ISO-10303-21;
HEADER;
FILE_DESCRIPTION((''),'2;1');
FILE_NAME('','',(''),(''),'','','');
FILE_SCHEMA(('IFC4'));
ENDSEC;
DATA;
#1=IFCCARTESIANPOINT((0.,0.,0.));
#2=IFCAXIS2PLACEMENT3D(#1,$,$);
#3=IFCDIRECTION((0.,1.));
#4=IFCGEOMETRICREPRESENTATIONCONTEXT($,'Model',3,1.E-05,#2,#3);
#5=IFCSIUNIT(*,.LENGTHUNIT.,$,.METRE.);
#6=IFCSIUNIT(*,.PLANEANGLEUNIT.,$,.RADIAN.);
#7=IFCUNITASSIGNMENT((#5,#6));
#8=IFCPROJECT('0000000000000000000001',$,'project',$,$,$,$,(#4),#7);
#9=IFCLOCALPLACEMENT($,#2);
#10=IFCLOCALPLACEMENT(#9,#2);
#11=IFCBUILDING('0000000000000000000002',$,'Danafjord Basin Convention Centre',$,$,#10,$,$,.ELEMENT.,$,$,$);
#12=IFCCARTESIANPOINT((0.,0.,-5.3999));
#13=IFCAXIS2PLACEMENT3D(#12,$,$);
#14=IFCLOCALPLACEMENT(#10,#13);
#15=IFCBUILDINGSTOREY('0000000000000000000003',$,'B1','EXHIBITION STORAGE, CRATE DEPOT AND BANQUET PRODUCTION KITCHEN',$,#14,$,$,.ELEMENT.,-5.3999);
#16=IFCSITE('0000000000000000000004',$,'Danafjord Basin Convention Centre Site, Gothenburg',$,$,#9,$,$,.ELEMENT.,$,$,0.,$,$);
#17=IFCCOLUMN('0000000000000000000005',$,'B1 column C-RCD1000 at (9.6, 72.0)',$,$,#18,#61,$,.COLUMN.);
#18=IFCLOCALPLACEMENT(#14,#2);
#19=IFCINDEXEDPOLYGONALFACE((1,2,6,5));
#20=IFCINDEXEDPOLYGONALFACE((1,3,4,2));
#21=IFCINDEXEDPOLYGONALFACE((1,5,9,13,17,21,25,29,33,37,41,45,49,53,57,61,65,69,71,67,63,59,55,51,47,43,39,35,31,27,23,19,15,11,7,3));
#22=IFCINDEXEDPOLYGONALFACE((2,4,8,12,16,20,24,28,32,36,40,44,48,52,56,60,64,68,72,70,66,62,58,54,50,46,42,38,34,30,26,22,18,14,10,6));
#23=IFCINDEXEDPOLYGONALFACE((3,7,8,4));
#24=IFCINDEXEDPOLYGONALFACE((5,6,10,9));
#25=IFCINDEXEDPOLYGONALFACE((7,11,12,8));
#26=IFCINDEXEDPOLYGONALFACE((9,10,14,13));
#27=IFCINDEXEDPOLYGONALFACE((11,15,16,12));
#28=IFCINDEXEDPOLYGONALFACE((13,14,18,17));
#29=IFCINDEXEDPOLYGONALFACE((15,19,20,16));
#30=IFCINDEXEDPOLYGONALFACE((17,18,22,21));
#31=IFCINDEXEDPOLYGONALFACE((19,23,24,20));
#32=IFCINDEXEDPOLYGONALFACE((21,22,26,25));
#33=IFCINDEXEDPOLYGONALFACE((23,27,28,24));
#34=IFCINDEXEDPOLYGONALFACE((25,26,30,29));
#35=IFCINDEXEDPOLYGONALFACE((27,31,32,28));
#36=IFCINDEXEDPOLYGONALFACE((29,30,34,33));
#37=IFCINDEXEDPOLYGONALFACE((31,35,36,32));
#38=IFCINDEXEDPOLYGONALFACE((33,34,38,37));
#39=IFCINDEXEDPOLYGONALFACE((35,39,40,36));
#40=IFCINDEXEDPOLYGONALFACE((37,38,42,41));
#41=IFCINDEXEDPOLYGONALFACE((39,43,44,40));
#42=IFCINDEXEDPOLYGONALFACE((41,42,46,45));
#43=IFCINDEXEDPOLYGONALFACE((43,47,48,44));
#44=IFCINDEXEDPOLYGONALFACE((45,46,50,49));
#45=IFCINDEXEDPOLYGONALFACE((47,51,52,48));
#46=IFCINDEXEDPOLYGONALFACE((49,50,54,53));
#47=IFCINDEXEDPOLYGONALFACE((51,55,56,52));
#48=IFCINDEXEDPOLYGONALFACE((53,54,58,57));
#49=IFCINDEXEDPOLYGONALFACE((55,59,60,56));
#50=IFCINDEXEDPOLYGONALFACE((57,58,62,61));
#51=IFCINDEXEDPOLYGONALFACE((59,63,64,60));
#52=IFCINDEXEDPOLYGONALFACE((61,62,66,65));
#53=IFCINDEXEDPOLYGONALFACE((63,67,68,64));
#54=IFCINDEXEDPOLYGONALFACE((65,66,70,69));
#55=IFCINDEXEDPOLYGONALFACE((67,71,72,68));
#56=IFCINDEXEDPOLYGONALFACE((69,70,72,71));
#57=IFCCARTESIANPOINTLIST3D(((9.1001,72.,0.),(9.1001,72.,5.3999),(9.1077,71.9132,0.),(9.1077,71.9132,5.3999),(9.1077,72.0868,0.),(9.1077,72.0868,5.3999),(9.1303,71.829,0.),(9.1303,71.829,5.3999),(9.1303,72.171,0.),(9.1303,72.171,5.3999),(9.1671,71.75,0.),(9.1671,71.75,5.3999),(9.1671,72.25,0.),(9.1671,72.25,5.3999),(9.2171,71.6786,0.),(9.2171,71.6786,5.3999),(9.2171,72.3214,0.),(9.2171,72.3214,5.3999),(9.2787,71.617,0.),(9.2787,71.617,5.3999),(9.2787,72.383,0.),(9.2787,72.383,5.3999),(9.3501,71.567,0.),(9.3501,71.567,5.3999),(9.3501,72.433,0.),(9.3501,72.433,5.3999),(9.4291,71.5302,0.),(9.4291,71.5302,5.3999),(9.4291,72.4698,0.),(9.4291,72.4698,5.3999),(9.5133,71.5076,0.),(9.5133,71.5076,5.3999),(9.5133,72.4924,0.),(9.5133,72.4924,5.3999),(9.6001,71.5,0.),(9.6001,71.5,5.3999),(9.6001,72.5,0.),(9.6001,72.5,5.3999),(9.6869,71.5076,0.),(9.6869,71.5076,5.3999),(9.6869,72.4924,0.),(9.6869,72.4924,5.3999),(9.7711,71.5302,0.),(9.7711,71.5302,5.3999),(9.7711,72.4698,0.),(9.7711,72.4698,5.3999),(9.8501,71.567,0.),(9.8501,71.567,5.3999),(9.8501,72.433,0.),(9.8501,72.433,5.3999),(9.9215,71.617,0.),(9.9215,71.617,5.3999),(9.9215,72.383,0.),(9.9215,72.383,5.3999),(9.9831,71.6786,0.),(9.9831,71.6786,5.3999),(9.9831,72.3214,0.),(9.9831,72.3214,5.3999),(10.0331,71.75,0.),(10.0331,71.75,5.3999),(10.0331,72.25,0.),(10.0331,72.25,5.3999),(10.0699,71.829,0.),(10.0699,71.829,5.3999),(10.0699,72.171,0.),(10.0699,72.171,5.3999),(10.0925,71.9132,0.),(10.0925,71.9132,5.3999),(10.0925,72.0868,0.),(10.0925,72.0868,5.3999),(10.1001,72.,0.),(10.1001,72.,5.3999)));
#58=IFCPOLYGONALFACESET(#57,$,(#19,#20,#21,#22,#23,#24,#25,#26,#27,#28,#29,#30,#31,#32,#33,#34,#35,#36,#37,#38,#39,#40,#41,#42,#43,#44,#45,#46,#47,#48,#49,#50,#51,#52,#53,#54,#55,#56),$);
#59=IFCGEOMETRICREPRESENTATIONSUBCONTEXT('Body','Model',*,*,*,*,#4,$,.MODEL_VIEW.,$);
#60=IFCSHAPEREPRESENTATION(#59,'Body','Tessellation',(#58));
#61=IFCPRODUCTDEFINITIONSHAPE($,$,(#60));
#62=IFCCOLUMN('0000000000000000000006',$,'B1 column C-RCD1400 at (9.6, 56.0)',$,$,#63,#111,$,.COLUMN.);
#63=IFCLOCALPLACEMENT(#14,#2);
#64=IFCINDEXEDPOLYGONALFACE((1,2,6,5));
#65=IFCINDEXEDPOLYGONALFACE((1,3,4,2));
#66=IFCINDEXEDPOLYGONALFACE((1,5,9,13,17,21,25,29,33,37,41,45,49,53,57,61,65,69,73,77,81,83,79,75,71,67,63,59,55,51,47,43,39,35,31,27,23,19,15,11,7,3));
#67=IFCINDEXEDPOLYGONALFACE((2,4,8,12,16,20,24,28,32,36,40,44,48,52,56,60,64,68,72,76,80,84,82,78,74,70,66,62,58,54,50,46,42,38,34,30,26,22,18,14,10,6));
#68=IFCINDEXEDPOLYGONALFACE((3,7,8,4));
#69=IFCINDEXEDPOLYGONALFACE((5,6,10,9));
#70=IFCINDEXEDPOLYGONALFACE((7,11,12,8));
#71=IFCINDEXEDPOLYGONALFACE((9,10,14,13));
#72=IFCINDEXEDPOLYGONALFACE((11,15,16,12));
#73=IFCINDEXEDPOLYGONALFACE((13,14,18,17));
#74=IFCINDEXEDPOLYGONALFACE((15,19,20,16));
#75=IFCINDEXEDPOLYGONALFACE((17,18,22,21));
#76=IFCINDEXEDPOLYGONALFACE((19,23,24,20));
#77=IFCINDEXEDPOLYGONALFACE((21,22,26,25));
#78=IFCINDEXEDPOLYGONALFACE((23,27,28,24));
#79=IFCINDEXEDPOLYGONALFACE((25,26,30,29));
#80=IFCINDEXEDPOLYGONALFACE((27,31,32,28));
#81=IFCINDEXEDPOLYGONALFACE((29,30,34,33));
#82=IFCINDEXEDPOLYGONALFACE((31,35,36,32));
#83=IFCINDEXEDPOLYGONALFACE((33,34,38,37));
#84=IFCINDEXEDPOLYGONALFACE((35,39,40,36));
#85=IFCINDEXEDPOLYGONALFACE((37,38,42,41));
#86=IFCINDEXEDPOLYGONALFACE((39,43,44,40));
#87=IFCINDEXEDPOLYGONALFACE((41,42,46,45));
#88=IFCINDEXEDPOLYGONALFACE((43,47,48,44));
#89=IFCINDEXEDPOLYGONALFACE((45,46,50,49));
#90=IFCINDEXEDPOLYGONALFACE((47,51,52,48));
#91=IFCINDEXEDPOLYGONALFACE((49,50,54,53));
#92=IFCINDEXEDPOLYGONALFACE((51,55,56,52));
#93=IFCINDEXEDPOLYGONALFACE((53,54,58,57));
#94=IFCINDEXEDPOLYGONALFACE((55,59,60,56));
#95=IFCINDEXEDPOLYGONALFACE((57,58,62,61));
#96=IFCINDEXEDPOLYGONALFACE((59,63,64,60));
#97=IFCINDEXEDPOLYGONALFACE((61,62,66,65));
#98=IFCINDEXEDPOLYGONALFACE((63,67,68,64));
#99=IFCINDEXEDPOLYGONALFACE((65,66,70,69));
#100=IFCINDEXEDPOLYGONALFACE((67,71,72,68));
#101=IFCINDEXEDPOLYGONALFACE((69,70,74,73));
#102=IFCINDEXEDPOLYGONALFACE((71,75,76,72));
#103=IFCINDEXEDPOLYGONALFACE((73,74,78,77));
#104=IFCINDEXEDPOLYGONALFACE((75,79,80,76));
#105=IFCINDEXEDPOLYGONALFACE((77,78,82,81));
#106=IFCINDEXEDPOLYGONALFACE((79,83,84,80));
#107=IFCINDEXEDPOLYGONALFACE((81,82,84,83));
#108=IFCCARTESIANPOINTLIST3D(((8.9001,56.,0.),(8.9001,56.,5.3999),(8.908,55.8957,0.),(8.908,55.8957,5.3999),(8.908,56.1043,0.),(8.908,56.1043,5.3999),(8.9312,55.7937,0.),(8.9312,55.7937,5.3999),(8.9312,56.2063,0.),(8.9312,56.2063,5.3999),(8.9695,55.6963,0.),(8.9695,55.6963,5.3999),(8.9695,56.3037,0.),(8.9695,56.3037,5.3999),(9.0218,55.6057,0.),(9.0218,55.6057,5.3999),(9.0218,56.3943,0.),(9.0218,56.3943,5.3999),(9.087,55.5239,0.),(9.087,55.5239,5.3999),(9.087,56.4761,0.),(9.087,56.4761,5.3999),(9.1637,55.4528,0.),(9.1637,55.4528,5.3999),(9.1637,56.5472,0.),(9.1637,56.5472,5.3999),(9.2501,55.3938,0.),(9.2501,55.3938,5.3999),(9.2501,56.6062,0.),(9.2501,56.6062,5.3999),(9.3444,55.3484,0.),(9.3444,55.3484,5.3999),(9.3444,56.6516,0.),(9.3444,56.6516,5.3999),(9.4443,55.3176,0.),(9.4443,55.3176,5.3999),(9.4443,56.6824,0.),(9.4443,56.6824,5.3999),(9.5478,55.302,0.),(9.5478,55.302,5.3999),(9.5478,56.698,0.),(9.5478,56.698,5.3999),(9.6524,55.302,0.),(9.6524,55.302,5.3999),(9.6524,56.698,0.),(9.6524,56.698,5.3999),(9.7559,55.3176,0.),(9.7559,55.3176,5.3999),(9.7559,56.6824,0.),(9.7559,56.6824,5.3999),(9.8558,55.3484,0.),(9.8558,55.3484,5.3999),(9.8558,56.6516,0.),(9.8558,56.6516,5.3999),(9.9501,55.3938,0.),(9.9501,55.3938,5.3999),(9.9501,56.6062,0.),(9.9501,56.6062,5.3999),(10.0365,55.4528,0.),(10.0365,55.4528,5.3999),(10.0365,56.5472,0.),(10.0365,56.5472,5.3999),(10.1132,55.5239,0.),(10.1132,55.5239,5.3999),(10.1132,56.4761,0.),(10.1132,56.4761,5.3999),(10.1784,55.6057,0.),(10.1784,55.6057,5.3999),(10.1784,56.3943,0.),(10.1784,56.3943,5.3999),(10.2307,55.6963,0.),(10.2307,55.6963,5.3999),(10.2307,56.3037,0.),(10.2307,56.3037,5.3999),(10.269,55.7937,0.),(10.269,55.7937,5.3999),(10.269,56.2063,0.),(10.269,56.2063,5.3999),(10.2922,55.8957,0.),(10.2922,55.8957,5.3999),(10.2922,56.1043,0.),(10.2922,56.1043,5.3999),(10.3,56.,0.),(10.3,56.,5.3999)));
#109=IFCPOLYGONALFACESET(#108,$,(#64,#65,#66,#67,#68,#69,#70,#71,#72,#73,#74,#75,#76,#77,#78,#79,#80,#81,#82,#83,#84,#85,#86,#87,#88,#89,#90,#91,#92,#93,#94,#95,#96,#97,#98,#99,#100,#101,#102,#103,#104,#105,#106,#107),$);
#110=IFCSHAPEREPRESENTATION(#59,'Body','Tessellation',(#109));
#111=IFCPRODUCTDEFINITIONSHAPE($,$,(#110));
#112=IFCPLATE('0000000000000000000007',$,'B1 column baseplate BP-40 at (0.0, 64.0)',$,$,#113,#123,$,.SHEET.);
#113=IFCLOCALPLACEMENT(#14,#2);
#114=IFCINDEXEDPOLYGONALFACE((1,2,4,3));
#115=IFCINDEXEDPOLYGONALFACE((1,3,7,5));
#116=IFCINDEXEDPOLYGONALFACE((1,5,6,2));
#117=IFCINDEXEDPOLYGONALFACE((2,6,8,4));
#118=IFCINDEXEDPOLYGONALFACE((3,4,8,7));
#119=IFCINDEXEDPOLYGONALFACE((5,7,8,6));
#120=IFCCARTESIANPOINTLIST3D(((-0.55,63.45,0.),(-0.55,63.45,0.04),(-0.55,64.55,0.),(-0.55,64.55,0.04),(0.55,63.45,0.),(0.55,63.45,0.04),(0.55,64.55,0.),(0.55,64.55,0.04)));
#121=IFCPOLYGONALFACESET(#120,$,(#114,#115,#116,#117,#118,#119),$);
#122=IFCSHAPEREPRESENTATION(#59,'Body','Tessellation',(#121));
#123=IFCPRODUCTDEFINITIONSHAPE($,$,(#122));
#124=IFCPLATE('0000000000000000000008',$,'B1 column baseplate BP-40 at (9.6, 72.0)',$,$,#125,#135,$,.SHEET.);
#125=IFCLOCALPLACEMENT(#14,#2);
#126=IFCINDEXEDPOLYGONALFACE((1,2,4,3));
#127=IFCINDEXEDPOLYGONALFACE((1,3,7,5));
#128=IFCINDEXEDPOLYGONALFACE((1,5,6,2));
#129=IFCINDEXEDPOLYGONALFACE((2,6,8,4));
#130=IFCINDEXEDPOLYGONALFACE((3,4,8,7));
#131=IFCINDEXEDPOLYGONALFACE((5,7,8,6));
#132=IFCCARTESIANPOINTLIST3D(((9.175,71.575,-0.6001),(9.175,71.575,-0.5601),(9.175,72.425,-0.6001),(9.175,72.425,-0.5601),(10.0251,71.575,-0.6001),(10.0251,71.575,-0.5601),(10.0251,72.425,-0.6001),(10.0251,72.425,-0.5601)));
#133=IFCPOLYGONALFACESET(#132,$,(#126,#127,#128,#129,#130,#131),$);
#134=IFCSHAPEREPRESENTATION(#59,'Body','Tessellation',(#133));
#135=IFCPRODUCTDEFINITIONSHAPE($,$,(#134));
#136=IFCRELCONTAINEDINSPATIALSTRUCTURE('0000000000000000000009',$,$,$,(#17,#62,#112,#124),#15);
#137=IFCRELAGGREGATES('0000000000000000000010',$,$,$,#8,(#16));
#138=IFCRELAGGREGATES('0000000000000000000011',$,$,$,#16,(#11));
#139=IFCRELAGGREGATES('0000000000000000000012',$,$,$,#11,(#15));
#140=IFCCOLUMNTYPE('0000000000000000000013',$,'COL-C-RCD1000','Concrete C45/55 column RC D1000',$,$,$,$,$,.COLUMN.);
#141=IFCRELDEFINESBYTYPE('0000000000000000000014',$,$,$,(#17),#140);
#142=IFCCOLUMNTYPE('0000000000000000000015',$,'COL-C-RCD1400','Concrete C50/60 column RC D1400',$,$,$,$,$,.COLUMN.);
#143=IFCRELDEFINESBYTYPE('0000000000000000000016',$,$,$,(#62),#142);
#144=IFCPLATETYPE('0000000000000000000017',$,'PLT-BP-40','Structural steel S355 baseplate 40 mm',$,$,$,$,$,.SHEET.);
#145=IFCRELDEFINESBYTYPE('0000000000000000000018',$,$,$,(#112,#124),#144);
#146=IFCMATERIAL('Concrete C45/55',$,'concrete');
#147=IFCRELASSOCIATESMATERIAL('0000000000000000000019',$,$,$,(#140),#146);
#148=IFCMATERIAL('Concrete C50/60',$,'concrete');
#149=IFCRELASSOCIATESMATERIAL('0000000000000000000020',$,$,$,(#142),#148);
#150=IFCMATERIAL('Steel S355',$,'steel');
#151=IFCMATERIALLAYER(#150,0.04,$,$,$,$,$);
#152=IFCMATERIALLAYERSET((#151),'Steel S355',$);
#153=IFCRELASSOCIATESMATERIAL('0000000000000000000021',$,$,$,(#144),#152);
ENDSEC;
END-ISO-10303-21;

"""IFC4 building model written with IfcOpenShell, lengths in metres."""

from ifc_helpers import new_model, si_unit, direction, frame, origin, origin_2d, place, context, subcontext, project, spatial, rectangle, circle, extrude, material, layer, layer_set, material_profile, profile_set, type_object, element, save


model = new_model("IFC4")

# Units and contexts
model_context = context("Model", 3, precision=1e-05, world=origin(), true_north=direction((0.0, 1.0)))
body_context = subcontext(model_context, "Body", "Model", "MODEL_VIEW")
ifc_project = project(units=[si_unit("LENGTHUNIT", "METRE"), si_unit("PLANEANGLEUNIT", "RADIAN")], contexts=[model_context])

# Site, building, storey
site_placement = place(None, origin())
site = spatial("IfcSite", under=ifc_project, at=site_placement, Name="Danafjord Basin Convention Centre Site, Gothenburg", CompositionType="ELEMENT", RefElevation=0.0)
building_placement = place(site_placement, origin())
building = spatial("IfcBuilding", under=site, at=building_placement, Name="Danafjord Basin Convention Centre", CompositionType="ELEMENT")
storey_placement = place(building_placement, frame((0.0, 0.0, -5.3999)))
storey = spatial("IfcBuildingStorey", under=building, at=storey_placement, Name="B1", Description="EXHIBITION STORAGE, CRATE DEPOT AND BANQUET PRODUCTION KITCHEN", CompositionType="ELEMENT", Elevation=-5.3999)

# Columns
ifc_material_1 = material(Name="Concrete C45/55", Category="concrete")
ifc_material_profile_1 = material_profile(ifc_material_1, circle(Radius=0.5, at=origin_2d()), Name="RC D1000")
ifc_profile_set_1 = profile_set([ifc_material_profile_1], Name="Concrete C45/55")
column_type_1 = type_object("IfcColumnType", Name="COL-C-RCD1000", Description="Concrete C45/55 column RC D1000", PredefinedType="COLUMN", material=ifc_profile_set_1)
column_1_placement = place(storey_placement, frame((9.6001, 72.0, 0.0), z_axis=(0.0, 0.0, 1.0), x_axis=(1.0, 0.0, 0.0)))
element("IfcColumn", 1, at=column_1_placement, inside=storey, type_object=column_type_1, Name="B1 column C-RCD1000 at (9.6, 72.0)", PredefinedType="COLUMN", context=body_context, shape_type="SweptSolid", body=[
    extrude(circle(Radius=0.5, at=origin_2d()), origin(), (0.0, 0.0, 1.0), 5.3999),
])
ifc_material_2 = material(Name="Concrete C50/60", Category="concrete")
ifc_material_profile_2 = material_profile(ifc_material_2, circle(Radius=0.7, at=origin_2d()), Name="RC D1400")
ifc_profile_set_2 = profile_set([ifc_material_profile_2], Name="Concrete C50/60")
column_type_2 = type_object("IfcColumnType", Name="COL-C-RCD1400", Description="Concrete C50/60 column RC D1400", PredefinedType="COLUMN", material=ifc_profile_set_2)
column_2_placement = place(storey_placement, frame((9.6001, 56.0, 0.0), z_axis=(0.0, 0.0, 1.0), x_axis=(1.0, 0.0, 0.0)))
element("IfcColumn", 2, at=column_2_placement, inside=storey, type_object=column_type_2, Name="B1 column C-RCD1400 at (9.6, 56.0)", PredefinedType="COLUMN", context=body_context, shape_type="SweptSolid", body=[
    extrude(circle(Radius=0.7, at=origin_2d()), origin(), (0.0, 0.0, 1.0), 5.3999),
])

# Plates
ifc_material_3 = material(Name="Steel S355", Category="steel")
ifc_layer = layer(ifc_material_3, 0.04)
ifc_layer_set = layer_set([ifc_layer], Name="Steel S355")
plate_type = type_object("IfcPlateType", Name="PLT-BP-40", Description="Structural steel S355 baseplate 40 mm", PredefinedType="SHEET", material=ifc_layer_set)
plate_1_placement = place(storey_placement, frame((0.0, 64.0, 0.0), z_axis=(0.0, 0.0, 1.0), x_axis=(1.0, 0.0, 0.0)))
element("IfcPlate", 3, at=plate_1_placement, inside=storey, type_object=plate_type, Name="B1 column baseplate BP-40 at (0.0, 64.0)", PredefinedType="SHEET", context=body_context, shape_type="SweptSolid", body=[
    extrude(rectangle(XDim=1.1001, YDim=1.1001, at=origin_2d()), origin(), (0.0, 0.0, 1.0), 0.04),
])
plate_2_placement = place(storey_placement, frame((9.6001, 72.0, -0.6001), z_axis=(0.0, 0.0, 1.0), x_axis=(1.0, 0.0, 0.0)))
element("IfcPlate", 4, at=plate_2_placement, inside=storey, type_object=plate_type, Name="B1 column baseplate BP-40 at (9.6, 72.0)", PredefinedType="SHEET", context=body_context, shape_type="SweptSolid", body=[
    extrude(rectangle(XDim=0.8501, YDim=0.8501, at=origin_2d()), origin(), (0.0, 0.0, 1.0), 0.04),
])

save(model, "model.ifc")
